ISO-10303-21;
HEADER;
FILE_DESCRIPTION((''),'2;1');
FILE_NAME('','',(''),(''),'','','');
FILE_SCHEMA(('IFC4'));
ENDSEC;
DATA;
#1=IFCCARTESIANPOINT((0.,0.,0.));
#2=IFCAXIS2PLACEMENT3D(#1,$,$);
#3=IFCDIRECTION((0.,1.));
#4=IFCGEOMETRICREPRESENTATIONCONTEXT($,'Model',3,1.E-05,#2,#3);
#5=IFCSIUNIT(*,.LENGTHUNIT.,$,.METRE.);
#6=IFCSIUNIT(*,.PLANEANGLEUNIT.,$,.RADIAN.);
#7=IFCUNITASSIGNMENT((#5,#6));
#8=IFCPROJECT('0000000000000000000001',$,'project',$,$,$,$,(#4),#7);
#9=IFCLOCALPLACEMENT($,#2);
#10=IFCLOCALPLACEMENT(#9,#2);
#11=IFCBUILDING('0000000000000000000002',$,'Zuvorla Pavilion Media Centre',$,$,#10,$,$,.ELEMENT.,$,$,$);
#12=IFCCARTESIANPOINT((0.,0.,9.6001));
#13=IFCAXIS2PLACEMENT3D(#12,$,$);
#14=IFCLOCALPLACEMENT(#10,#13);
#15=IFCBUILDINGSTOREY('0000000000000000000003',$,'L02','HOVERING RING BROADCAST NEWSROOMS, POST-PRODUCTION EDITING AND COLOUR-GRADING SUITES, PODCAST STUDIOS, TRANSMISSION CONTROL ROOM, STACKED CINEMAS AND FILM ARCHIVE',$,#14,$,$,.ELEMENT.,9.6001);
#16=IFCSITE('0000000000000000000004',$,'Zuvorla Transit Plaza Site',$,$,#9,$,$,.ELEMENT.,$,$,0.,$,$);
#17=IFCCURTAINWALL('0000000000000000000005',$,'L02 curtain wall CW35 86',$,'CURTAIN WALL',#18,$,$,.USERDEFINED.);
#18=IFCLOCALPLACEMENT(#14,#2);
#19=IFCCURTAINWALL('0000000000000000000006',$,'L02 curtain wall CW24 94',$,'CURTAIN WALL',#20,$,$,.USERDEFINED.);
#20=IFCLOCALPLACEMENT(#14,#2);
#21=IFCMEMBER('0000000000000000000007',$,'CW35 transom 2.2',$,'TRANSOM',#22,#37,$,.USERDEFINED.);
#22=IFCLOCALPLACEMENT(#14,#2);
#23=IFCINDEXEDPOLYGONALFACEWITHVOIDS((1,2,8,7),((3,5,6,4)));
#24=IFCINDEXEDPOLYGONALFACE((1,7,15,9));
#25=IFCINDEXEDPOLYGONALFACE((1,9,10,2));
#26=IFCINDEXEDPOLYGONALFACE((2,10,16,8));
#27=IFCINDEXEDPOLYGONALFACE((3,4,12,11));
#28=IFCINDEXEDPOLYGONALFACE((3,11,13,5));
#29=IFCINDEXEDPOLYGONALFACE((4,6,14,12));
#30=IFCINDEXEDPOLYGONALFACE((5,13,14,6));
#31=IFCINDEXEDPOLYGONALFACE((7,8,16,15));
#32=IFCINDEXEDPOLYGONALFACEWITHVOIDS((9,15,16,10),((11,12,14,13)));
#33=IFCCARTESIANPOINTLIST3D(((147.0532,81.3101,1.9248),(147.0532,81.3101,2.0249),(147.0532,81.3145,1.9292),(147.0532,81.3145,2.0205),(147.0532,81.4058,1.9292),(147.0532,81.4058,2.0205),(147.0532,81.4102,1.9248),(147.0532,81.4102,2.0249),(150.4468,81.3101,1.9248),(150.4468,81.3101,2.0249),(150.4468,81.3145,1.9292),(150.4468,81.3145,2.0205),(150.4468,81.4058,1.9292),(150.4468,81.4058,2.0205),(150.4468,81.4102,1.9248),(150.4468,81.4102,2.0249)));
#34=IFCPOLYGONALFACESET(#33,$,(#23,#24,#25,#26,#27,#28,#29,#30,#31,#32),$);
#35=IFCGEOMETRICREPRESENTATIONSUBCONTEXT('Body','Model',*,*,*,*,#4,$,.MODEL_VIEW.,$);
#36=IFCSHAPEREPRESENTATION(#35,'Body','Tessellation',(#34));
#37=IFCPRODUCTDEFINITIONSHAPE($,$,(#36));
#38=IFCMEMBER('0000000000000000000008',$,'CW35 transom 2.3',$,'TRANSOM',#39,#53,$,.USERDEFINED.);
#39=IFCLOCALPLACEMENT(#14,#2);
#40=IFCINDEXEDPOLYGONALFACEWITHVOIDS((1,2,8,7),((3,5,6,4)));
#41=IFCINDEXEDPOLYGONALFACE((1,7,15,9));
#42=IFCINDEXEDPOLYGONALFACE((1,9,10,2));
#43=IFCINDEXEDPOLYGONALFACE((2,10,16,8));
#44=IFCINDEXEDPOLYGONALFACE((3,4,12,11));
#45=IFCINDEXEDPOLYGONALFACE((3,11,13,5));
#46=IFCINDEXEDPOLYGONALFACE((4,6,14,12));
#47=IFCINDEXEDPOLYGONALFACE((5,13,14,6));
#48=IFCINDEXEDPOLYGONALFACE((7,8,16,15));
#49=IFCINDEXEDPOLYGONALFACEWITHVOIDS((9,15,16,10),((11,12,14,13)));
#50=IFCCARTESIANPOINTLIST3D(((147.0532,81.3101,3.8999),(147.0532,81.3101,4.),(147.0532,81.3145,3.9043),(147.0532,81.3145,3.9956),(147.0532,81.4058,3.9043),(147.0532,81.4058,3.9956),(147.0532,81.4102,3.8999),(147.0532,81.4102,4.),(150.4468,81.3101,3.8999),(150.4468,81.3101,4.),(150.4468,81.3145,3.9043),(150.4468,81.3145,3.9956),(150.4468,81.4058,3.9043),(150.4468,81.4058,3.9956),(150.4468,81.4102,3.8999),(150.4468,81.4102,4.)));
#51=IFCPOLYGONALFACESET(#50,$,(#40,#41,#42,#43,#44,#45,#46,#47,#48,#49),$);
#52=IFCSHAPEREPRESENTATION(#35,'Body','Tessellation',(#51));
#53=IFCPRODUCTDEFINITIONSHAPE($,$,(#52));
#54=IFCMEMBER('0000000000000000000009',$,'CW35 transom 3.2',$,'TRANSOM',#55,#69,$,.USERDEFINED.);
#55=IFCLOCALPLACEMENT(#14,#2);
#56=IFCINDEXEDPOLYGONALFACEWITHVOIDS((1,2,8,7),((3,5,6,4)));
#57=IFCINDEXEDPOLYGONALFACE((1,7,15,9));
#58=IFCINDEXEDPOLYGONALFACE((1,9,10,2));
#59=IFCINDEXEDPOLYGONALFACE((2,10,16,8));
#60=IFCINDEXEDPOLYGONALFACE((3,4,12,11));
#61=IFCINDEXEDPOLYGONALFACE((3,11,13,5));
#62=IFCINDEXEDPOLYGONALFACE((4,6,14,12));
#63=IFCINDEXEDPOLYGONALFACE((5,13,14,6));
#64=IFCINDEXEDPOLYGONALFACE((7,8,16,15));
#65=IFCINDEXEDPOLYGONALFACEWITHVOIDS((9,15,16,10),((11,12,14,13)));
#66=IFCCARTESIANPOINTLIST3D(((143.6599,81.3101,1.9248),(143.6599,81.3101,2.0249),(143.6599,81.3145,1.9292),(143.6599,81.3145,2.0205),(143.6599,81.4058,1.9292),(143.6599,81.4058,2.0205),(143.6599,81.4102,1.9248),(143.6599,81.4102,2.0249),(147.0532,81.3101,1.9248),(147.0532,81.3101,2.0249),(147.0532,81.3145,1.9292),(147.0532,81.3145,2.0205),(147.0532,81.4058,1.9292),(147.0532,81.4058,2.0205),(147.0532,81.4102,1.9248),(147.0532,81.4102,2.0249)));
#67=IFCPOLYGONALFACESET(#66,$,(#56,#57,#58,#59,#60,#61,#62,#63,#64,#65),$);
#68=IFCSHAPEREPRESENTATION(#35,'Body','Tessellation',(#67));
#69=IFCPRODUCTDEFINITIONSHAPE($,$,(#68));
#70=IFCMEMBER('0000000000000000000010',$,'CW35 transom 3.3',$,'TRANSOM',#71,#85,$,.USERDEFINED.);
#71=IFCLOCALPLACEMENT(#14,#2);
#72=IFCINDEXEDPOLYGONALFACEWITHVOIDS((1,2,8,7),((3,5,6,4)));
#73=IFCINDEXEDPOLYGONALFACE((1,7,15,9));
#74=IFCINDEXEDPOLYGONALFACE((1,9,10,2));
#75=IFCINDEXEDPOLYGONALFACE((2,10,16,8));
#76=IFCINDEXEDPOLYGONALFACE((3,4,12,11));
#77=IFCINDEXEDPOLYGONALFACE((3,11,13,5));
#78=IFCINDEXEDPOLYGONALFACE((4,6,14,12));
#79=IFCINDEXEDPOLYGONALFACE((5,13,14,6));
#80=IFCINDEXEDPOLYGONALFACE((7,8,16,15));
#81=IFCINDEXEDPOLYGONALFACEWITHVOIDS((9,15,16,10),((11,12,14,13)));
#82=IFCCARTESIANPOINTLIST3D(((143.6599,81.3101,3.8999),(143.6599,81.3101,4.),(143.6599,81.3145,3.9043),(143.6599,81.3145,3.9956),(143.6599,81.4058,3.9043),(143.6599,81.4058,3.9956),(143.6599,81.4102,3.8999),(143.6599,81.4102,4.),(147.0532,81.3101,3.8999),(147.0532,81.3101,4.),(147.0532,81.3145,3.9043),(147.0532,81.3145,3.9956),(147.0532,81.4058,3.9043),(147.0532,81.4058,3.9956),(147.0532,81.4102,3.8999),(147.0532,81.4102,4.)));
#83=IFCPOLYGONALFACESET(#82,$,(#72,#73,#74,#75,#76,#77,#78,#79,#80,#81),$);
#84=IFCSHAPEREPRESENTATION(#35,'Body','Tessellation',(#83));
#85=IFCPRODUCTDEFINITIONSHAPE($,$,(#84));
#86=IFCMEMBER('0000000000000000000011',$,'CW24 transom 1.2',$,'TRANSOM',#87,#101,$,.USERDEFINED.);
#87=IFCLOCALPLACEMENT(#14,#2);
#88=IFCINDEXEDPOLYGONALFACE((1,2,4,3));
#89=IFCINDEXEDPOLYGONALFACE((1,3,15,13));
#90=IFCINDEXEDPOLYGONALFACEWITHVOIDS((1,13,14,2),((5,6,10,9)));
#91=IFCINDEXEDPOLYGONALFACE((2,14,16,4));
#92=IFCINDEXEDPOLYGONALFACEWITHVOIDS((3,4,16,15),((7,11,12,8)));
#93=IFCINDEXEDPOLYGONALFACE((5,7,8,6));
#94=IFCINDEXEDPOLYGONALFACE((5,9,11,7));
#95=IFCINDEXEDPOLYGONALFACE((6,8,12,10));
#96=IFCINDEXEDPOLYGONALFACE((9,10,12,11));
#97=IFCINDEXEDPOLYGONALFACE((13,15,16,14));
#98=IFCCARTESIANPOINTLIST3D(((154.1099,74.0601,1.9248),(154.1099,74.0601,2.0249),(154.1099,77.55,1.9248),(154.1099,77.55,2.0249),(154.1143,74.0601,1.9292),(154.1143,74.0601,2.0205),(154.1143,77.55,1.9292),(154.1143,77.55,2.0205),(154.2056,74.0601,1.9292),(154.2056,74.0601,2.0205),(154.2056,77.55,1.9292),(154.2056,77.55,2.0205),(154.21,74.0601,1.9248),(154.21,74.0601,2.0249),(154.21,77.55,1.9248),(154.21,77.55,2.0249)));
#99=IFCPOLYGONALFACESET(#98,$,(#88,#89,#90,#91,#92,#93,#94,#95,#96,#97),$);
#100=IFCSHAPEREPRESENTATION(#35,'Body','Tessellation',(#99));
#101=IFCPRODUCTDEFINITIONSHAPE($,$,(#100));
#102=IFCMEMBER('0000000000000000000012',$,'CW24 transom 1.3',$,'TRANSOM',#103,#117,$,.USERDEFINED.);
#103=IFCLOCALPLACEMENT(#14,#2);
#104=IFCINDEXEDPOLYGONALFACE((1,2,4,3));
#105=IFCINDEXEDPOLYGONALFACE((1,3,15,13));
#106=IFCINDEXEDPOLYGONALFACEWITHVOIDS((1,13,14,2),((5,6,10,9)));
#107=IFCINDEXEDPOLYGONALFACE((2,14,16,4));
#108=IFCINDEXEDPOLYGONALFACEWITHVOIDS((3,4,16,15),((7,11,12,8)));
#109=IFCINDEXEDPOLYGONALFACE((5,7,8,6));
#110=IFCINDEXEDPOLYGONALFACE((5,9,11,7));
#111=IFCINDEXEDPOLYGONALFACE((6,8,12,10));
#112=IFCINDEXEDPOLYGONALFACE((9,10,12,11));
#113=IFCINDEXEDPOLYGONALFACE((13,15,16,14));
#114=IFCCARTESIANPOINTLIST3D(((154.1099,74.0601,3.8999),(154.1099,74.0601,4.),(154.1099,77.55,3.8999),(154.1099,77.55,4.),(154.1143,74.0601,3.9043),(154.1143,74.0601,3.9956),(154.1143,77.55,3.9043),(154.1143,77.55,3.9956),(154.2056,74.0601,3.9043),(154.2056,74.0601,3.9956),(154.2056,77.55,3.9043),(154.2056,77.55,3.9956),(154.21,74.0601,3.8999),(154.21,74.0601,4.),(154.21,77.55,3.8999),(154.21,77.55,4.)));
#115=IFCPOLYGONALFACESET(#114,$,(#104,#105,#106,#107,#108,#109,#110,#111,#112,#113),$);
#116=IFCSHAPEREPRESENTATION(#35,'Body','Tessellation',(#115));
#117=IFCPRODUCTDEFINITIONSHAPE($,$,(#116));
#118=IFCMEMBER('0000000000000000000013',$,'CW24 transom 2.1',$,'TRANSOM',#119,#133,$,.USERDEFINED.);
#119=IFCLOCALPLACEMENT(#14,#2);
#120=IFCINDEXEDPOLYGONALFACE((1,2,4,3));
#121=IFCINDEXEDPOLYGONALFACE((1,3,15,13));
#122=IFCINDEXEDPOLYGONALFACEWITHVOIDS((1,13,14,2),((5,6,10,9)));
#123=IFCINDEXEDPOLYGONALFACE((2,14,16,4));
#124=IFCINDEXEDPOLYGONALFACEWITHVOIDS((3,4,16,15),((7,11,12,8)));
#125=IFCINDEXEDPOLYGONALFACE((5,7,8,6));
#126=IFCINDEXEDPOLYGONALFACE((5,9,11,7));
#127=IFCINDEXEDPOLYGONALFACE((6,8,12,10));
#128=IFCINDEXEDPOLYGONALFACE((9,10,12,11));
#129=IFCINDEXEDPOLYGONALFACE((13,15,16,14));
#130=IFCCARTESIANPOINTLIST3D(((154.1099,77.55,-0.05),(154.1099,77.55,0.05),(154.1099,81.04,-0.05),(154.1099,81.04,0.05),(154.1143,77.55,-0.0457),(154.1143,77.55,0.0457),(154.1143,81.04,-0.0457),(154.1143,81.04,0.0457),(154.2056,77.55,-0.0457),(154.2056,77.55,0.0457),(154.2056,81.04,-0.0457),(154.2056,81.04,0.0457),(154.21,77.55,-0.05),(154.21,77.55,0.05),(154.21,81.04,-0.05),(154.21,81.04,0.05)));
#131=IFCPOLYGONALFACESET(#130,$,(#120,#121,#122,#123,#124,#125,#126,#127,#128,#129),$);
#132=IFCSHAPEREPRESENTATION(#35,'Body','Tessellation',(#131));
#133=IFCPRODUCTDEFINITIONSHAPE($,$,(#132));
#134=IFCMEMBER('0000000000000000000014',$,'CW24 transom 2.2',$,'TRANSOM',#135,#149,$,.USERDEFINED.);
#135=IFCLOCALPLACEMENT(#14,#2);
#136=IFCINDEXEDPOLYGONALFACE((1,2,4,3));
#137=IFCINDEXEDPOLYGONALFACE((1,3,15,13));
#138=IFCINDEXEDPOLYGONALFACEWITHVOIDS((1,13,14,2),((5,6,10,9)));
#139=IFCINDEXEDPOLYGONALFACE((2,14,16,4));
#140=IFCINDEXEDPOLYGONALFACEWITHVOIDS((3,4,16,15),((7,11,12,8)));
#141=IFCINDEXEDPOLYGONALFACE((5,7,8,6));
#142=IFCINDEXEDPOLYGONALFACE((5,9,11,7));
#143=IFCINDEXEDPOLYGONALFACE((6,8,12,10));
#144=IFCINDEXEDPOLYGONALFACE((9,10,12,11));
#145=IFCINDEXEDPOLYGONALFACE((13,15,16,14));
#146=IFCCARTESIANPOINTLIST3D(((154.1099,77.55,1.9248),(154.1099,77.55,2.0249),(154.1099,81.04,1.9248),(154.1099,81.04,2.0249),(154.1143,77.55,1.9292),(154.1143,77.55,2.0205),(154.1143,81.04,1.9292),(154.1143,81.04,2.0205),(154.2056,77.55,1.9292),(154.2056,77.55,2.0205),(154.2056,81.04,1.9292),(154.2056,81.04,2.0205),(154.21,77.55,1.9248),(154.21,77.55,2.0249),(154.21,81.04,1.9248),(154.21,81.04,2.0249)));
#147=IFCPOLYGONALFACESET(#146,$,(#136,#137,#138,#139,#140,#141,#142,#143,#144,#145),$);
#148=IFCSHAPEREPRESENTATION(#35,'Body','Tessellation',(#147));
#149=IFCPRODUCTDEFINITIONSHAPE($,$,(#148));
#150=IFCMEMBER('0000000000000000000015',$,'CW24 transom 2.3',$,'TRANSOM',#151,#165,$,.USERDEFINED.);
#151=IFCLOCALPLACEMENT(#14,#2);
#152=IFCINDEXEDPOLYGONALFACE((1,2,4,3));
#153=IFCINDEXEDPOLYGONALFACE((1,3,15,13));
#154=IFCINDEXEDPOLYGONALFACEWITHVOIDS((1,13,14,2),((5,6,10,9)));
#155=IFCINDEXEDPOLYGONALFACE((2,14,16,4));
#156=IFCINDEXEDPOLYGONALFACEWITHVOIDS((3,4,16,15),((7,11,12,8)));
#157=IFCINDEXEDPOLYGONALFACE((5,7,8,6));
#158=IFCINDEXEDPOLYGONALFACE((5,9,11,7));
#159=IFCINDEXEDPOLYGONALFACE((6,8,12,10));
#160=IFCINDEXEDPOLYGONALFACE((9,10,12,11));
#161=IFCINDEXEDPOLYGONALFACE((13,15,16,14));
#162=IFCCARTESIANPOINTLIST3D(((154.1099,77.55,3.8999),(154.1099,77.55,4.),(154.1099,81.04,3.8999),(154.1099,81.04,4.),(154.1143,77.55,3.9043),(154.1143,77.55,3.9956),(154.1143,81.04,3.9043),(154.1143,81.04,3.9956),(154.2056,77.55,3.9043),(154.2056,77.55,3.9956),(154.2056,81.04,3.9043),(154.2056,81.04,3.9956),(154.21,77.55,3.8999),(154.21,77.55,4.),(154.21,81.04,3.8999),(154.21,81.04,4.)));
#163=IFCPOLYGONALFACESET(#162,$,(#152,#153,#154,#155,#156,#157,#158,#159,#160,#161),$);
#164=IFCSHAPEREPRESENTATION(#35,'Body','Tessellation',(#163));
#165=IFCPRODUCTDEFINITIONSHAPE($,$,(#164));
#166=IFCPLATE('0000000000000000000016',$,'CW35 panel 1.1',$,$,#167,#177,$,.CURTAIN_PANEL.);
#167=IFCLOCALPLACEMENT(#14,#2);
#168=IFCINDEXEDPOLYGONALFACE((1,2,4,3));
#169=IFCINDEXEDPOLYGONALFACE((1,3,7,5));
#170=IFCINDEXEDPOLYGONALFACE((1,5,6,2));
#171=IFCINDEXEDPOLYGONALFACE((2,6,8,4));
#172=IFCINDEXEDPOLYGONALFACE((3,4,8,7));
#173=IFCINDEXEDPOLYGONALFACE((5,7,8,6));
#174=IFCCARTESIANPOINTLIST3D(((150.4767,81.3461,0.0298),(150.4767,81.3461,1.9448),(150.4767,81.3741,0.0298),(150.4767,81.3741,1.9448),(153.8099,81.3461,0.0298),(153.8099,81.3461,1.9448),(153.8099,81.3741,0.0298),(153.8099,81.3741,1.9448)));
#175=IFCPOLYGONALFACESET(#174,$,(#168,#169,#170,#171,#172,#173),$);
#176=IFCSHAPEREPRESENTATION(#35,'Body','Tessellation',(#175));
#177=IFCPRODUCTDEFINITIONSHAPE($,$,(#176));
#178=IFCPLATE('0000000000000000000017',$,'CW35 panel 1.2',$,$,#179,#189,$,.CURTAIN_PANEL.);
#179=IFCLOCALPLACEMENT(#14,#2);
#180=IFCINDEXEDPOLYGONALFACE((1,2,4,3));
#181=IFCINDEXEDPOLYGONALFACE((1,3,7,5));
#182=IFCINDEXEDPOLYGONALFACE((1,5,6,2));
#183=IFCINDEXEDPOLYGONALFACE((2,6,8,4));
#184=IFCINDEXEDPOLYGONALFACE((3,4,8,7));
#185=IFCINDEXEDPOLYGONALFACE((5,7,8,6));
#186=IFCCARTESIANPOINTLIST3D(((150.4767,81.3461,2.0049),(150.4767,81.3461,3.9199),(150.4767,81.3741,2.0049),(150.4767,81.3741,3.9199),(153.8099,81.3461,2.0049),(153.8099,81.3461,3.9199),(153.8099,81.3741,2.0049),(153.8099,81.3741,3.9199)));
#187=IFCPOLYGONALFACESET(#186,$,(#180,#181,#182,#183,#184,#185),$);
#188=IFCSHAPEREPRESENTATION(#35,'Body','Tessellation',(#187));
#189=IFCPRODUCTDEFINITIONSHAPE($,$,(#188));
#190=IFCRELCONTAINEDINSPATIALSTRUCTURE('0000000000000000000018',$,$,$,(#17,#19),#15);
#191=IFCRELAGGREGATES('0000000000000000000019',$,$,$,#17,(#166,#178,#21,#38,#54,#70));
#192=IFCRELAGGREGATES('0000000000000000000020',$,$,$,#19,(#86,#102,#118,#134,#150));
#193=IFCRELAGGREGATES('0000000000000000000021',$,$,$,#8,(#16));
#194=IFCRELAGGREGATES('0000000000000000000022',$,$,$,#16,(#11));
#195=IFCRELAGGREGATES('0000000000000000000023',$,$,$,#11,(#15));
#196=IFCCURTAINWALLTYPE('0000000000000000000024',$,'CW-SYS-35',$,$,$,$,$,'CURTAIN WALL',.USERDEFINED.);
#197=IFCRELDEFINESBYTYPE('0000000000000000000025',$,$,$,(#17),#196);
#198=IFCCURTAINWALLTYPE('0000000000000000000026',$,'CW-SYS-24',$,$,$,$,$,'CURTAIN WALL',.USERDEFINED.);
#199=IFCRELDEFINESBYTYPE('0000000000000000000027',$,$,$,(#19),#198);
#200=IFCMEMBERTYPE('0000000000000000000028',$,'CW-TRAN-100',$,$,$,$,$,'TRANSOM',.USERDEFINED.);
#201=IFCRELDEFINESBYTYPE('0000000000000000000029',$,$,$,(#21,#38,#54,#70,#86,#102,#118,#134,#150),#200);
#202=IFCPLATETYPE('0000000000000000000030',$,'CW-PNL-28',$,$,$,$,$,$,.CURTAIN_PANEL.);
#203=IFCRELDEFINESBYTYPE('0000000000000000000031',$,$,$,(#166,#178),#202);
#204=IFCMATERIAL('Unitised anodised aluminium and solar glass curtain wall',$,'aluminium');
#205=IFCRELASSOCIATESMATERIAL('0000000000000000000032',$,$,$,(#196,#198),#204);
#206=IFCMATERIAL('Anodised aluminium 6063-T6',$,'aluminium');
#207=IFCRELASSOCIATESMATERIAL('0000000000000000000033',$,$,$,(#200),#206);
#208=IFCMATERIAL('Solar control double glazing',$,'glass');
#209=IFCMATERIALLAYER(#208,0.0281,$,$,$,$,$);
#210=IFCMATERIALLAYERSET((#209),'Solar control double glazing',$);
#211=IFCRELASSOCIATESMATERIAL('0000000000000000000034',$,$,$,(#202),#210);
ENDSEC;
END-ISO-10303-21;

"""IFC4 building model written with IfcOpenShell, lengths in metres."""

from ifc_helpers import new_model, si_unit, direction, frame, origin, origin_2d, place, context, subcontext, project, spatial, rectangle, hollow_rectangle, extrude, material, layer, layer_set, material_profile, profile_set, type_object, element, aggregate, save


model = new_model("IFC4")

# Units and contexts
model_context = context("Model", 3, precision=1e-05, world=origin(), true_north=direction((0.0, 1.0)))
body_context = subcontext(model_context, "Body", "Model", "MODEL_VIEW")
ifc_project = project(units=[si_unit("LENGTHUNIT", "METRE"), si_unit("PLANEANGLEUNIT", "RADIAN")], contexts=[model_context])

# Site, building, storey
site_placement = place(None, origin())
site = spatial("IfcSite", under=ifc_project, at=site_placement, Name="Zuvorla Transit Plaza Site", CompositionType="ELEMENT", RefElevation=0.0)
building_placement = place(site_placement, origin())
building = spatial("IfcBuilding", under=site, at=building_placement, Name="Zuvorla Pavilion Media Centre", CompositionType="ELEMENT")
storey_placement = place(building_placement, frame((0.0, 0.0, 9.6001)))
storey = spatial("IfcBuildingStorey", under=building, at=storey_placement, Name="L02", Description="HOVERING RING BROADCAST NEWSROOMS, POST-PRODUCTION EDITING AND COLOUR-GRADING SUITES, PODCAST STUDIOS, TRANSMISSION CONTROL ROOM, STACKED CINEMAS AND FILM ARCHIVE", CompositionType="ELEMENT", Elevation=9.6001)

# Curtain walls
ifc_material_1 = material(Name="Unitised anodised aluminium and solar glass curtain wall", Category="aluminium")
curtain_wall_type_1 = type_object("IfcCurtainWallType", Name="CW-SYS-35", ElementType="CURTAIN WALL", PredefinedType="USERDEFINED", material=ifc_material_1)
curtain_wall_1_placement = place(storey_placement, origin())
curtain_wall_1 = element("IfcCurtainWall", 1, at=curtain_wall_1_placement, inside=storey, type_object=curtain_wall_type_1, Name="L02 curtain wall CW35 86", ObjectType="CURTAIN WALL", PredefinedType="USERDEFINED")
ifc_material_2 = material(Name="Anodised aluminium 6063-T6", Category="aluminium")
curtain_wall_type_2 = type_object("IfcCurtainWallType", Name="CW-SYS-24", ElementType="CURTAIN WALL", PredefinedType="USERDEFINED", material=ifc_material_1)
curtain_wall_2_placement = place(storey_placement, origin())
curtain_wall_2 = element("IfcCurtainWall", 2, at=curtain_wall_2_placement, inside=storey, type_object=curtain_wall_type_2, Name="L02 curtain wall CW24 94", ObjectType="CURTAIN WALL", PredefinedType="USERDEFINED")

# Members
ifc_material_profile_1 = material_profile(ifc_material_2, hollow_rectangle(XDim=0.1001, YDim=0.1001, WallThickness=0.0044, at=origin_2d()), Name="ALU TRAN 100x100")
ifc_profile_set_1 = profile_set([ifc_material_profile_1], Name="Anodised aluminium 6063-T6")
member_type_1 = type_object("IfcMemberType", Name="CW-TRAN-100", ElementType="TRANSOM", PredefinedType="USERDEFINED", material=ifc_profile_set_1)
member_1_placement = place(storey_placement, frame((150.4468, 81.3601, 1.9749), z_axis=(-1.0, 0.0, 0.0), x_axis=(0.0, -1.0, 0.0)))
member_1 = element("IfcMember", 3, at=member_1_placement, type_object=member_type_1, Name="CW35 transom 2.2", ObjectType="TRANSOM", PredefinedType="USERDEFINED", context=body_context, shape_type="SweptSolid", body=[
    extrude(hollow_rectangle(XDim=0.1001, YDim=0.1001, WallThickness=0.0044, at=origin_2d()), origin(), (0.0, 0.0, 1.0), 3.3936),
])
member_2_placement = place(storey_placement, frame((150.4468, 81.3601, 3.95), z_axis=(-1.0, 0.0, 0.0), x_axis=(0.0, -1.0, 0.0)))
member_2 = element("IfcMember", 4, at=member_2_placement, type_object=member_type_1, Name="CW35 transom 2.3", ObjectType="TRANSOM", PredefinedType="USERDEFINED", context=body_context, shape_type="SweptSolid", body=[
    extrude(hollow_rectangle(XDim=0.1001, YDim=0.1001, WallThickness=0.0044, at=origin_2d()), origin(), (0.0, 0.0, 1.0), 3.3936),
])
member_3_placement = place(storey_placement, frame((147.0532, 81.3601, 1.9749), z_axis=(-1.0, 0.0, 0.0), x_axis=(0.0, -1.0, 0.0)))
member_3 = element("IfcMember", 5, at=member_3_placement, type_object=member_type_1, Name="CW35 transom 3.2", ObjectType="TRANSOM", PredefinedType="USERDEFINED", context=body_context, shape_type="SweptSolid", body=[
    extrude(hollow_rectangle(XDim=0.1001, YDim=0.1001, WallThickness=0.0044, at=origin_2d()), origin(), (0.0, 0.0, 1.0), 3.3933),
])
member_4_placement = place(storey_placement, frame((147.0532, 81.3601, 3.95), z_axis=(-1.0, 0.0, 0.0), x_axis=(0.0, -1.0, 0.0)))
member_4 = element("IfcMember", 6, at=member_4_placement, type_object=member_type_1, Name="CW35 transom 3.3", ObjectType="TRANSOM", PredefinedType="USERDEFINED", context=body_context, shape_type="SweptSolid", body=[
    extrude(hollow_rectangle(XDim=0.1001, YDim=0.1001, WallThickness=0.0044, at=origin_2d()), origin(), (0.0, 0.0, 1.0), 3.3933),
])
member_5_placement = place(storey_placement, frame((154.1599, 74.0601, 1.9749), z_axis=(0.0, 1.0, 0.0), x_axis=(-1.0, 0.0, 0.0)))
member_5 = element("IfcMember", 7, at=member_5_placement, type_object=member_type_1, Name="CW24 transom 1.2", ObjectType="TRANSOM", PredefinedType="USERDEFINED", context=body_context, shape_type="SweptSolid", body=[
    extrude(hollow_rectangle(XDim=0.1001, YDim=0.1001, WallThickness=0.0044, at=origin_2d()), origin(), (0.0, 0.0, 1.0), 3.49),
])
member_6_placement = place(storey_placement, frame((154.1599, 74.0601, 3.95), z_axis=(0.0, 1.0, 0.0), x_axis=(-1.0, 0.0, 0.0)))
member_6 = element("IfcMember", 8, at=member_6_placement, type_object=member_type_1, Name="CW24 transom 1.3", ObjectType="TRANSOM", PredefinedType="USERDEFINED", context=body_context, shape_type="SweptSolid", body=[
    extrude(hollow_rectangle(XDim=0.1001, YDim=0.1001, WallThickness=0.0044, at=origin_2d()), origin(), (0.0, 0.0, 1.0), 3.49),
])
member_7_placement = place(storey_placement, frame((154.1599, 77.55, 0.0), z_axis=(0.0, 1.0, 0.0), x_axis=(-1.0, 0.0, 0.0)))
member_7 = element("IfcMember", 9, at=member_7_placement, type_object=member_type_1, Name="CW24 transom 2.1", ObjectType="TRANSOM", PredefinedType="USERDEFINED", context=body_context, shape_type="SweptSolid", body=[
    extrude(hollow_rectangle(XDim=0.1001, YDim=0.1001, WallThickness=0.0044, at=origin_2d()), origin(), (0.0, 0.0, 1.0), 3.49),
])
member_8_placement = place(storey_placement, frame((154.1599, 77.55, 1.9749), z_axis=(0.0, 1.0, 0.0), x_axis=(-1.0, 0.0, 0.0)))
member_8 = element("IfcMember", 10, at=member_8_placement, type_object=member_type_1, Name="CW24 transom 2.2", ObjectType="TRANSOM", PredefinedType="USERDEFINED", context=body_context, shape_type="SweptSolid", body=[
    extrude(hollow_rectangle(XDim=0.1001, YDim=0.1001, WallThickness=0.0044, at=origin_2d()), origin(), (0.0, 0.0, 1.0), 3.49),
])
member_9_placement = place(storey_placement, frame((154.1599, 77.55, 3.95), z_axis=(0.0, 1.0, 0.0), x_axis=(-1.0, 0.0, 0.0)))
member_9 = element("IfcMember", 11, at=member_9_placement, type_object=member_type_1, Name="CW24 transom 2.3", ObjectType="TRANSOM", PredefinedType="USERDEFINED", context=body_context, shape_type="SweptSolid", body=[
    extrude(hollow_rectangle(XDim=0.1001, YDim=0.1001, WallThickness=0.0044, at=origin_2d()), origin(), (0.0, 0.0, 1.0), 3.49),
])

# Plates
ifc_material_3 = material(Name="Solar control double glazing", Category="glass")
ifc_layer = layer(ifc_material_3, 0.0281)
ifc_layer_set = layer_set([ifc_layer], Name="Solar control double glazing")
plate_type = type_object("IfcPlateType", Name="CW-PNL-28", PredefinedType="CURTAIN_PANEL", material=ifc_layer_set)
plate_1_placement = place(storey_placement, frame((152.1433, 81.3601, 0.0298), z_axis=(0.0, 0.0, 1.0), x_axis=(-1.0, 0.0, 0.0)))
plate_1 = element("IfcPlate", 12, at=plate_1_placement, type_object=plate_type, Name="CW35 panel 1.1", PredefinedType="CURTAIN_PANEL", context=body_context, shape_type="SweptSolid", body=[
    extrude(rectangle(XDim=3.3333, YDim=0.0281, at=origin_2d()), origin(), (0.0, 0.0, 1.0), 1.915),
])
plate_2_placement = place(storey_placement, frame((152.1433, 81.3601, 2.0049), z_axis=(0.0, 0.0, 1.0), x_axis=(-1.0, 0.0, 0.0)))
plate_2 = element("IfcPlate", 13, at=plate_2_placement, type_object=plate_type, Name="CW35 panel 1.2", PredefinedType="CURTAIN_PANEL", context=body_context, shape_type="SweptSolid", body=[
    extrude(rectangle(XDim=3.3333, YDim=0.0281, at=origin_2d()), origin(), (0.0, 0.0, 1.0), 1.915),
])
aggregate(curtain_wall_1, [plate_1, plate_2, member_1, member_2, member_3, member_4])
aggregate(curtain_wall_2, [member_5, member_6, member_7, member_8, member_9])

save(model, "model.ifc")
